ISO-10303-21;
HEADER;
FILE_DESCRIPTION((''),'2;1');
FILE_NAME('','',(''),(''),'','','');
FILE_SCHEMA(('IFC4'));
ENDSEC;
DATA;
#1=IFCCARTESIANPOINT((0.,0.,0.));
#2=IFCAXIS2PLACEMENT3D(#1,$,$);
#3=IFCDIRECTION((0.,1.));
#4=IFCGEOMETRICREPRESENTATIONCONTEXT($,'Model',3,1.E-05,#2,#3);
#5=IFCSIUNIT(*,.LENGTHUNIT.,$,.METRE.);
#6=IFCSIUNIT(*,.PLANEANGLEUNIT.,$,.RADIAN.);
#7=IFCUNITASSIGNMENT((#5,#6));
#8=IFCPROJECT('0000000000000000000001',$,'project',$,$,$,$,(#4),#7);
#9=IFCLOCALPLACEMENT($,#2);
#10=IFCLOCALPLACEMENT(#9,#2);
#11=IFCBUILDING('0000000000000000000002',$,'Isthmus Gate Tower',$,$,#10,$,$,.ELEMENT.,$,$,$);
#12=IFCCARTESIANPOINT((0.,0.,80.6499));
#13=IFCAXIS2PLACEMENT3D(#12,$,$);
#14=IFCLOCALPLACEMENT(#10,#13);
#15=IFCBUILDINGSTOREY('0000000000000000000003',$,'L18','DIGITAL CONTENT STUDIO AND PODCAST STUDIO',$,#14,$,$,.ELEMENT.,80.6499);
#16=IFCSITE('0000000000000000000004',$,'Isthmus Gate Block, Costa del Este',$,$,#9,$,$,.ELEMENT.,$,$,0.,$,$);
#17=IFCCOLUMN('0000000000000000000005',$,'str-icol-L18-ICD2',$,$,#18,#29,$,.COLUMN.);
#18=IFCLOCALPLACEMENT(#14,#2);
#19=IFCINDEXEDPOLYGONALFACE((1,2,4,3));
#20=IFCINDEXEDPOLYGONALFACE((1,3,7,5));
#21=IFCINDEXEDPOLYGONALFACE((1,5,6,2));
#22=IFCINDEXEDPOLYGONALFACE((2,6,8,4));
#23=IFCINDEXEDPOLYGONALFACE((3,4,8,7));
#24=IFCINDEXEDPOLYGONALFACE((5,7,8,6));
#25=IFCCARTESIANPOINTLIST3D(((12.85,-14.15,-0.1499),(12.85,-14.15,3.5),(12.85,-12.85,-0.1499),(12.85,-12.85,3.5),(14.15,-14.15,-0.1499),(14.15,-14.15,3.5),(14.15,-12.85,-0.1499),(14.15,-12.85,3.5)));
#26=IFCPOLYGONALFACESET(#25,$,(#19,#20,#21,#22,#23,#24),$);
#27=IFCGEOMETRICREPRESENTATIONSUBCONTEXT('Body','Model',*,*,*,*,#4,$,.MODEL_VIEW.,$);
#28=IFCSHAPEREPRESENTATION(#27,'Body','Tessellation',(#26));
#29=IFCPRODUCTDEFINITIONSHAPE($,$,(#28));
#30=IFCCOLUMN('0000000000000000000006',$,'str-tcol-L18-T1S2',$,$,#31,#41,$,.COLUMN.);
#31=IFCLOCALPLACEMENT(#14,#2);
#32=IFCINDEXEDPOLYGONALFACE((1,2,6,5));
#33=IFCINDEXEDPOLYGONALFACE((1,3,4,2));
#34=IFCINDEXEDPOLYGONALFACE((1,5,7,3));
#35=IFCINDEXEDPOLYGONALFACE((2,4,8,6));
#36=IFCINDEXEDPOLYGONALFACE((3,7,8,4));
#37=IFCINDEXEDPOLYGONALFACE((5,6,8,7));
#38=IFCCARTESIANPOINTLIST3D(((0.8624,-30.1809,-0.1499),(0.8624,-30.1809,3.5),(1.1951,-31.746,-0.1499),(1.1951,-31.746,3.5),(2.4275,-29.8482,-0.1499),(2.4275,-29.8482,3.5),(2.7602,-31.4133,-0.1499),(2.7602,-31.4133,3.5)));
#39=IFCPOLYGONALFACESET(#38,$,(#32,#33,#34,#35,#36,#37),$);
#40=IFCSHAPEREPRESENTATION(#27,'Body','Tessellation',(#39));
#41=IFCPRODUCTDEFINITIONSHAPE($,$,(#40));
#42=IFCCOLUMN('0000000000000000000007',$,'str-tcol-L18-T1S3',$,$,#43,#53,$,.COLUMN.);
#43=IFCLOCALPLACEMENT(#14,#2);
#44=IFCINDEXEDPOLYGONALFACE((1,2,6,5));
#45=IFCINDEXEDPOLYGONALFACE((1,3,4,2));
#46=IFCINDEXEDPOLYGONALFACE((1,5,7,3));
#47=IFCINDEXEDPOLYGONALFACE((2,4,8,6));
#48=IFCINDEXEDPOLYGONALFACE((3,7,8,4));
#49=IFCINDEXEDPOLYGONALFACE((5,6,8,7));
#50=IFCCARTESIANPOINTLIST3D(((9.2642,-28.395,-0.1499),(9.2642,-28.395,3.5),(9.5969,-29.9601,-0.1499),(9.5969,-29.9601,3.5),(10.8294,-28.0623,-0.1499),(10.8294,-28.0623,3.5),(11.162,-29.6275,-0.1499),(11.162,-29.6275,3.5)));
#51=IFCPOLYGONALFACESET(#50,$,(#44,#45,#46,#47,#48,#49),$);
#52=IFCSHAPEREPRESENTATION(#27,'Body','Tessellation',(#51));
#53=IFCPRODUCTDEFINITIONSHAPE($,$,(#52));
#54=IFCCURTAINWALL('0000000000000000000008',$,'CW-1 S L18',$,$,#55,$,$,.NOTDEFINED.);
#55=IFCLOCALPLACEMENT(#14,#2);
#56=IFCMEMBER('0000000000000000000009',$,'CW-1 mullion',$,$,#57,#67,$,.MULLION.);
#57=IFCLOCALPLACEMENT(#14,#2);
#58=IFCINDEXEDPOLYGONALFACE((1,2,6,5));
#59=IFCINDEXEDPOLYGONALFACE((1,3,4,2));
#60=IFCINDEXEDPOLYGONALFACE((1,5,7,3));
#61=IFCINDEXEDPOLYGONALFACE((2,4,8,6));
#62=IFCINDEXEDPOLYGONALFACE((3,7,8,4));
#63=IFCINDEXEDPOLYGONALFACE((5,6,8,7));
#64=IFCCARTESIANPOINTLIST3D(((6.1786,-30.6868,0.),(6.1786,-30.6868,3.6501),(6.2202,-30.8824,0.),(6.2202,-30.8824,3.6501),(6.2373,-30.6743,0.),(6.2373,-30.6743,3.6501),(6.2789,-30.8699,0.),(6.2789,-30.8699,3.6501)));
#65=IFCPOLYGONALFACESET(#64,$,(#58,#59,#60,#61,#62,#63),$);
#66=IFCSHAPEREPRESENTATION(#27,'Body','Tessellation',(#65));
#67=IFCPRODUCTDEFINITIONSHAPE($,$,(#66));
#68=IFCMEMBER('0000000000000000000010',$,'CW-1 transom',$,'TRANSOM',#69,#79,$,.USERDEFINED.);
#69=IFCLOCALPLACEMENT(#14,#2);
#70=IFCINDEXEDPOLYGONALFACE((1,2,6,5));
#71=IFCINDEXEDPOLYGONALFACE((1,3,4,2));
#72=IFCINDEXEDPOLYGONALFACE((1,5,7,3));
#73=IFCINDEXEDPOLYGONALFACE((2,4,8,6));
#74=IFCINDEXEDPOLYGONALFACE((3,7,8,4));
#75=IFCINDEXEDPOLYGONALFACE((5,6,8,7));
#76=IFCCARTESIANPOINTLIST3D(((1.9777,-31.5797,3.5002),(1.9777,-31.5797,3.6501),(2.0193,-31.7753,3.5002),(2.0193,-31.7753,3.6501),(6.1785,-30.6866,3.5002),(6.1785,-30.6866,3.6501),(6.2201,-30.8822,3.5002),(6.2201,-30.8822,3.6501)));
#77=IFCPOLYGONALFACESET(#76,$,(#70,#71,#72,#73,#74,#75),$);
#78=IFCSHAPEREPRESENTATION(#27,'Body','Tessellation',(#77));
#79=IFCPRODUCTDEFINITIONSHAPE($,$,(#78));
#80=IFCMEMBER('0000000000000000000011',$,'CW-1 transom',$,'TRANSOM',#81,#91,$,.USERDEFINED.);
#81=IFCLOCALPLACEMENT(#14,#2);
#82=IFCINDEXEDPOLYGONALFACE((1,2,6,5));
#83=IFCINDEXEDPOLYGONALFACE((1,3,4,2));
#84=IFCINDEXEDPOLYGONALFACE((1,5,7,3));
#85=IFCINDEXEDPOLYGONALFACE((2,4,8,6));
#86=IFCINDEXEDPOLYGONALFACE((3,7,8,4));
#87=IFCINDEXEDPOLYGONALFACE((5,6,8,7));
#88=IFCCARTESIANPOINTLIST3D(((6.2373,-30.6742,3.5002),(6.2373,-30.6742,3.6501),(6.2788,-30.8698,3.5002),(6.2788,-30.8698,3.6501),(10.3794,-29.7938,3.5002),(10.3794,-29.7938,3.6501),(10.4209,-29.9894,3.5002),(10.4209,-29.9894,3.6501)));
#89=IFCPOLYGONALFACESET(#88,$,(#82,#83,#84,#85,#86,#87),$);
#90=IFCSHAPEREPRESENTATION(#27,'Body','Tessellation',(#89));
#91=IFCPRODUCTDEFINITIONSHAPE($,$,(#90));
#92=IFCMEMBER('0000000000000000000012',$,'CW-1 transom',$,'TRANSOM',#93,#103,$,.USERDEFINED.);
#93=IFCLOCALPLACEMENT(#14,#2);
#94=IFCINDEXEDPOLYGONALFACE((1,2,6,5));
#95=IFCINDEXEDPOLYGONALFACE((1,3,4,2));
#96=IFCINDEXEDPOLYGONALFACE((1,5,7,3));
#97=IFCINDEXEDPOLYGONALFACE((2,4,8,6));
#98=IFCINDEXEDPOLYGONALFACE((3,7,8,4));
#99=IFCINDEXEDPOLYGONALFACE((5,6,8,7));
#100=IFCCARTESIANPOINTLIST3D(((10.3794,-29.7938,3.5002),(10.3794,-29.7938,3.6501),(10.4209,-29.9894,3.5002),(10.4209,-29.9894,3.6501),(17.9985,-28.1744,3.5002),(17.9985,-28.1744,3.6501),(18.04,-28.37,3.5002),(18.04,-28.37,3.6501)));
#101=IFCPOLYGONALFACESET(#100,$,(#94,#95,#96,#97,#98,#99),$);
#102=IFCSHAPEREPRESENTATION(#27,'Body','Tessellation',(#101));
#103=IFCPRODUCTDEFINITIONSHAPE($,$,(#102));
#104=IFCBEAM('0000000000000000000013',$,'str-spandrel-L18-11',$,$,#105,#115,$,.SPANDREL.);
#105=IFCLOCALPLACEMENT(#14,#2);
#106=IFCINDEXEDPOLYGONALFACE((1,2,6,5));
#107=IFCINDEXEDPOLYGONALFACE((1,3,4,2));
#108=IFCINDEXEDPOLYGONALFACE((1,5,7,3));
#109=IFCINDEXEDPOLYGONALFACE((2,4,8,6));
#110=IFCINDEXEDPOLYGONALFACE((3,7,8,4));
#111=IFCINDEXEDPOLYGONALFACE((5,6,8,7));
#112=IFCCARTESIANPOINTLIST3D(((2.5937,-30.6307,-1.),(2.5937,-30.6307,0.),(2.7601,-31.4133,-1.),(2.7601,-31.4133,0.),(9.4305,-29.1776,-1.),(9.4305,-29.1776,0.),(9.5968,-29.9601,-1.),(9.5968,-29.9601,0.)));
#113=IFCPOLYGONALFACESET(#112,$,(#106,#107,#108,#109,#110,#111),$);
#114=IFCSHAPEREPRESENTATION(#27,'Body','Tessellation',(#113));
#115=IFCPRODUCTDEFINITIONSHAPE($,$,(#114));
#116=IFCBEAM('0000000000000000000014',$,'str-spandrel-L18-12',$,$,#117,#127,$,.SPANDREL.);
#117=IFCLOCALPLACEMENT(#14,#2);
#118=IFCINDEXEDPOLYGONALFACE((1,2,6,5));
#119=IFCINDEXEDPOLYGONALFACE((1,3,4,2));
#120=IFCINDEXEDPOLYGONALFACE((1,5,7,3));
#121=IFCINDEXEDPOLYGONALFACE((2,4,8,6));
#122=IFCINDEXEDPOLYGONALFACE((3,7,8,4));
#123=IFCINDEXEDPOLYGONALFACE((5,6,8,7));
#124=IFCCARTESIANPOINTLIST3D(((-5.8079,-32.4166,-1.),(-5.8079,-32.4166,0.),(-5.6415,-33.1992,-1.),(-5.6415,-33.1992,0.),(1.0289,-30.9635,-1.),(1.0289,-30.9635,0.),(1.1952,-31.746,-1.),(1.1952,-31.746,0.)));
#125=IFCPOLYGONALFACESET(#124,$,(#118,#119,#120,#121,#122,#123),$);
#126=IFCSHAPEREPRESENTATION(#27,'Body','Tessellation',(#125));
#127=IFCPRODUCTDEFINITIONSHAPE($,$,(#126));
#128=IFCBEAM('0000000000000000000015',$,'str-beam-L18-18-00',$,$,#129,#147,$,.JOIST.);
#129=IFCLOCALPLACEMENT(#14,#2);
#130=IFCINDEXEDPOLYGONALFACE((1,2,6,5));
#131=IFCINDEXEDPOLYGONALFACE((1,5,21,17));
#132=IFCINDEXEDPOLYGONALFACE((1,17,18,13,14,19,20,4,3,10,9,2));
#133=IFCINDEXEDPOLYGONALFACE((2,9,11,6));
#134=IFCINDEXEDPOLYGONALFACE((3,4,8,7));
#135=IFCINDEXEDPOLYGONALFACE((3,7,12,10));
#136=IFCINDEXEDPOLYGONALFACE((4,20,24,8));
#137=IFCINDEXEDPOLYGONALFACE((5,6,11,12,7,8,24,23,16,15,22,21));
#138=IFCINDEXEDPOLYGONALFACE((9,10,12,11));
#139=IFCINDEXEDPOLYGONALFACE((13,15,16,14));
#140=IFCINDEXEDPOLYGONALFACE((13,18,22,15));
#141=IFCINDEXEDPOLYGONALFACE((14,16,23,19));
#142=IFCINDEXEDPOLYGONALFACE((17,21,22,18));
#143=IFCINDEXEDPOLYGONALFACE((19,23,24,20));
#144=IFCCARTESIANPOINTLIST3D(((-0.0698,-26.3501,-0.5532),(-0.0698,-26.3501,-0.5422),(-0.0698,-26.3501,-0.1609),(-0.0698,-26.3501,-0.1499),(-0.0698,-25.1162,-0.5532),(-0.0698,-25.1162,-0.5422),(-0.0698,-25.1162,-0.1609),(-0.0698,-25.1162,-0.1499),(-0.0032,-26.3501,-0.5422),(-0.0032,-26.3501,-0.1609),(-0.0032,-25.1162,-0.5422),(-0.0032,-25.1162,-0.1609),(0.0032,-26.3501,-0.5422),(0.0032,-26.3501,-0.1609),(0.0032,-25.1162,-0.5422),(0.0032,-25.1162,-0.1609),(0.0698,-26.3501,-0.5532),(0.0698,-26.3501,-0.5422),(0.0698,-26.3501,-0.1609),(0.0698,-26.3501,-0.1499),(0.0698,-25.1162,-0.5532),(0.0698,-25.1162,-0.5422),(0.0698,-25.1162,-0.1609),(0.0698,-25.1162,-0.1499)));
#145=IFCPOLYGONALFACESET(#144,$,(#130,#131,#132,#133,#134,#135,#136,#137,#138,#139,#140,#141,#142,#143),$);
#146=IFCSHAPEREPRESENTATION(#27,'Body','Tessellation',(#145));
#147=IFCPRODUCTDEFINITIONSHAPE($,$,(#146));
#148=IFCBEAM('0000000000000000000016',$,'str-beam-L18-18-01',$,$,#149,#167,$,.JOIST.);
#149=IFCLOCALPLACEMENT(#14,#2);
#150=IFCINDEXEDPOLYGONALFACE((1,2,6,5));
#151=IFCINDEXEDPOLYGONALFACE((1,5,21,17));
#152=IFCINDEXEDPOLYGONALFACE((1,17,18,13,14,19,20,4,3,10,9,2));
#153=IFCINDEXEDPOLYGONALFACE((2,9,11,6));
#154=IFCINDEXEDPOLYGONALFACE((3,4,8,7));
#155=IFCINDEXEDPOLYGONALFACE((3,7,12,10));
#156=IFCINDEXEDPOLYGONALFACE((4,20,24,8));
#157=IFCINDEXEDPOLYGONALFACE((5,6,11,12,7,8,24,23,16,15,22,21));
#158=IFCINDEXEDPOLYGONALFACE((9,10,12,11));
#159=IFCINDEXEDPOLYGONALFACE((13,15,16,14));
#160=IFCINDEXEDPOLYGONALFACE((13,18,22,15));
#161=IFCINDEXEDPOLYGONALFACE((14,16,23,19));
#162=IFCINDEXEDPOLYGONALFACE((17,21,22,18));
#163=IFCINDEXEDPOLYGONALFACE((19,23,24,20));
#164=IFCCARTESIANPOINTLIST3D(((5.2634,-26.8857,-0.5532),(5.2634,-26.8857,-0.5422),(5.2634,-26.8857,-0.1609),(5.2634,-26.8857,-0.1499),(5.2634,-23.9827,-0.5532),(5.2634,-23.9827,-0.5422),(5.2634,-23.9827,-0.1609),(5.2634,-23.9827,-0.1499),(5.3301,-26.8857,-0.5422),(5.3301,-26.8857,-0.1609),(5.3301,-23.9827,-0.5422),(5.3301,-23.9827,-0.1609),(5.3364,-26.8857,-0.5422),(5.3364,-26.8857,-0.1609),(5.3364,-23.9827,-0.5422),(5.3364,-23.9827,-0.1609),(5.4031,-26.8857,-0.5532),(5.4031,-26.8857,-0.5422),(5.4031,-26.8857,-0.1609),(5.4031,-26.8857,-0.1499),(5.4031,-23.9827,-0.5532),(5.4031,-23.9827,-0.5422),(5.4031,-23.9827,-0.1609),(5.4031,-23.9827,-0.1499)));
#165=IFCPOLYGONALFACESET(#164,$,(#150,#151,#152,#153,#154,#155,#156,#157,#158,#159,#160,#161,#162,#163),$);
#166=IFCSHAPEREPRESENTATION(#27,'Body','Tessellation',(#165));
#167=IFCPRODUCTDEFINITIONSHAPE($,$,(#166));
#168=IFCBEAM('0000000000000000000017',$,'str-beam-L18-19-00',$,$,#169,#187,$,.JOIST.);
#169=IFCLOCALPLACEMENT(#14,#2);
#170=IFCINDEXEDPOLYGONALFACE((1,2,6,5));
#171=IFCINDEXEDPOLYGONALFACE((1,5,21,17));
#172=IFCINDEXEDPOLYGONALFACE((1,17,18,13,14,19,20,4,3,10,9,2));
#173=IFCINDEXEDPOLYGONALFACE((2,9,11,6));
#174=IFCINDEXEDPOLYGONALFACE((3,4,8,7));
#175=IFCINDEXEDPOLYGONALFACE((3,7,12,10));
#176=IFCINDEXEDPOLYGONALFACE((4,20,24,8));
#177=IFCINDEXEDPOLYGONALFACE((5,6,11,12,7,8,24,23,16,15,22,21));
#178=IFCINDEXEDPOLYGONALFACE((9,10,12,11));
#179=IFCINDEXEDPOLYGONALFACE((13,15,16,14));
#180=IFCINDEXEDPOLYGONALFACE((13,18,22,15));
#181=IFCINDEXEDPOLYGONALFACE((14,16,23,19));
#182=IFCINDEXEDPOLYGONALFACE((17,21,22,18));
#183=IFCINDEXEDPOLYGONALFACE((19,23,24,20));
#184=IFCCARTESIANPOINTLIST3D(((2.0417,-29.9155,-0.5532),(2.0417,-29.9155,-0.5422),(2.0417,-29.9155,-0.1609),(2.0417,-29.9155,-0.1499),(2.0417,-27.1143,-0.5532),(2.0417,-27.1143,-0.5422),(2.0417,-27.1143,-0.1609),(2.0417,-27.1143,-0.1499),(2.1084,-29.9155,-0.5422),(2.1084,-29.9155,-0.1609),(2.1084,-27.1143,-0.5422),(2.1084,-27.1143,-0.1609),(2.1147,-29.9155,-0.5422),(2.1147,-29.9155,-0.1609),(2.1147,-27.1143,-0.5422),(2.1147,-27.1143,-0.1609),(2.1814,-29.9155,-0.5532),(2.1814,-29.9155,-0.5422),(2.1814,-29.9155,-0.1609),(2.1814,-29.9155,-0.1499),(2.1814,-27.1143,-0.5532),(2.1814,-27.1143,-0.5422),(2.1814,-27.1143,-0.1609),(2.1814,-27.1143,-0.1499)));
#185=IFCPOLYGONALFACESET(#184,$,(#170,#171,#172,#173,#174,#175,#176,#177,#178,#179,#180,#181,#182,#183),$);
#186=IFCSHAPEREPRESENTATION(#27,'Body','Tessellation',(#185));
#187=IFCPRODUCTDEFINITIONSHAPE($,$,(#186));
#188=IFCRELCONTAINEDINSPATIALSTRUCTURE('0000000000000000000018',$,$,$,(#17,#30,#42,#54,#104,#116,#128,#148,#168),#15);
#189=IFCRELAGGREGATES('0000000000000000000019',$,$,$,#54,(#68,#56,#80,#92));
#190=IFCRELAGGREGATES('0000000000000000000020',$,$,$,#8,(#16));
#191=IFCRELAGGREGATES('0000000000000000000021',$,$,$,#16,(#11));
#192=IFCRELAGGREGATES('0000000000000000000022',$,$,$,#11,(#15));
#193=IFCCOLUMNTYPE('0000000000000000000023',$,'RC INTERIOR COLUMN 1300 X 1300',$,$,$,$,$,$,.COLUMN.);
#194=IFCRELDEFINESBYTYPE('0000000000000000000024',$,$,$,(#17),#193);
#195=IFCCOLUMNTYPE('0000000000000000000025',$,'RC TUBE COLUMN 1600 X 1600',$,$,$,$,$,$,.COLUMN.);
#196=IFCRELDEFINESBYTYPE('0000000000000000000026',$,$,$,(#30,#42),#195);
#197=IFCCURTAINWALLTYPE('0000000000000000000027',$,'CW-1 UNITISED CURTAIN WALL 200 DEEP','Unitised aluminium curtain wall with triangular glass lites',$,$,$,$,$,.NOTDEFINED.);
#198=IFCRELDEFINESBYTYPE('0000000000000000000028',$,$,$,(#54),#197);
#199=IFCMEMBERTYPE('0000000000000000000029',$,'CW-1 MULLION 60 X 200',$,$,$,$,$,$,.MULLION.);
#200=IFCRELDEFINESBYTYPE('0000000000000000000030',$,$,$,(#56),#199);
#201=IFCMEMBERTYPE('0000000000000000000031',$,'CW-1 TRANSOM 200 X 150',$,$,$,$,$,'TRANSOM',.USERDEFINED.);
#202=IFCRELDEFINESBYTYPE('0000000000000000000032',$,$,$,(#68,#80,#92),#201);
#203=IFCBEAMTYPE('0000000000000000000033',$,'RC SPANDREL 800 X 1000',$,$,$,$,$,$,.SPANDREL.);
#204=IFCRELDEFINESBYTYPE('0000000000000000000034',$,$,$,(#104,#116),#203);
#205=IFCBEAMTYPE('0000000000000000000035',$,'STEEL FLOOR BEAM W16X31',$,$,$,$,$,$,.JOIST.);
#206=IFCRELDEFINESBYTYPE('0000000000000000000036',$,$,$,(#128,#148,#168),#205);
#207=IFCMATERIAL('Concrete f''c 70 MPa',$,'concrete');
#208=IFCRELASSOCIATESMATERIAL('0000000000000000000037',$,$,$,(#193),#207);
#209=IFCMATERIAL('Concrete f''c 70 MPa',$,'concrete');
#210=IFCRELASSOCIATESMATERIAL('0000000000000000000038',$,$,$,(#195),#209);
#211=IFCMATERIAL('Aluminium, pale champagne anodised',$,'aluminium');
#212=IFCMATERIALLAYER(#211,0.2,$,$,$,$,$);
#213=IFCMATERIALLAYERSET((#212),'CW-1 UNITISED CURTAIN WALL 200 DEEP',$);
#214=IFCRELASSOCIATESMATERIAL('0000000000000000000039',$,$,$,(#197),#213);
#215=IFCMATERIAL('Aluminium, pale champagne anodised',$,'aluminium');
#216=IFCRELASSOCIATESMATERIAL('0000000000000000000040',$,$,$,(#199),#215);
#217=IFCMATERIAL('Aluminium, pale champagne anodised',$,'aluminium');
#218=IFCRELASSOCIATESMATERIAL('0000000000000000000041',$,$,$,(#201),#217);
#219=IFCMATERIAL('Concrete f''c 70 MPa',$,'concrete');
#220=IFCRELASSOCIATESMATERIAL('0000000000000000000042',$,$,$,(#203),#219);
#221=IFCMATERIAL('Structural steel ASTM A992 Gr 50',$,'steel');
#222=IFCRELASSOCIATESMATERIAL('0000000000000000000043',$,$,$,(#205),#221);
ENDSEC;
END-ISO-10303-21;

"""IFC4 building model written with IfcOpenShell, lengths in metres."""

from ifc_helpers import new_model, si_unit, direction, frame, origin, origin_2d, place, context, subcontext, project, spatial, rectangle, i_section, extrude, material, layer, layer_set, material_profile, profile_set, type_object, element, aggregate, save


model = new_model("IFC4")

# Units and contexts
model_context = context("Model", 3, precision=1e-05, world=origin(), true_north=direction((0.0, 1.0)))
body_context = subcontext(model_context, "Body", "Model", "MODEL_VIEW")
ifc_project = project(units=[si_unit("LENGTHUNIT", "METRE"), si_unit("PLANEANGLEUNIT", "RADIAN")], contexts=[model_context])

# Site, building, storey
site_placement = place(None, origin())
site = spatial("IfcSite", under=ifc_project, at=site_placement, Name="Isthmus Gate Block, Costa del Este", CompositionType="ELEMENT", RefElevation=0.0)
building_placement = place(site_placement, origin())
building = spatial("IfcBuilding", under=site, at=building_placement, Name="Isthmus Gate Tower", CompositionType="ELEMENT")
storey_placement = place(building_placement, frame((0.0, 0.0, 80.6499)))
storey = spatial("IfcBuildingStorey", under=building, at=storey_placement, Name="L18", Description="DIGITAL CONTENT STUDIO AND PODCAST STUDIO", CompositionType="ELEMENT", Elevation=80.6499)

# Columns
ifc_material_1 = material(Name="Concrete f'c 70 MPa", Category="concrete")
ifc_material_profile_1 = material_profile(ifc_material_1, rectangle(XDim=1.3, YDim=1.3, at=origin_2d()), Name="RC 1300X1300")
ifc_profile_set_1 = profile_set([ifc_material_profile_1], Name="Concrete f'c 70 MPa")
column_type_1 = type_object("IfcColumnType", Name="RC INTERIOR COLUMN 1300 X 1300", PredefinedType="COLUMN", material=ifc_profile_set_1)
column_placement = place(storey_placement, frame((13.5, -13.5, -0.1499), z_axis=(0.0, 0.0, 1.0), x_axis=(1.0, 0.0, 0.0)))
element("IfcColumn", 1, at=column_placement, inside=storey, type_object=column_type_1, Name="str-icol-L18-ICD2", PredefinedType="COLUMN", context=body_context, shape_type="SweptSolid", body=[
    extrude(rectangle(XDim=1.3, YDim=1.3, at=origin_2d()), origin(), (0.0, 0.0, 1.0), 3.6499),
])
ifc_material_2 = material(Name="Concrete f'c 70 MPa", Category="concrete")
ifc_material_profile_2 = material_profile(ifc_material_2, rectangle(XDim=1.6001, YDim=1.6001, at=origin_2d()), Name="RC 1600X1600")
ifc_profile_set_2 = profile_set([ifc_material_profile_2], Name="Concrete f'c 70 MPa")
column_type_2 = type_object("IfcColumnType", Name="RC TUBE COLUMN 1600 X 1600", PredefinedType="COLUMN", material=ifc_profile_set_2)
for number, where, z_axis, x_axis, name in (
    (2, (1.8113, -30.7971, -0.1499), (0.0, 0.0, 1.0), (0.978148, 0.207912, 0.0), "str-tcol-L18-T1S2"),
    (3, (10.2131, -29.0112, -0.1499), (0.0, 0.0, 1.0), (0.978148, 0.207912, 0.0), "str-tcol-L18-T1S3"),
):
    element("IfcColumn", number, at=place(storey_placement, frame(where, z_axis=z_axis, x_axis=x_axis)), inside=storey, type_object=column_type_2, Name=name, PredefinedType="COLUMN", context=body_context, shape_type="SweptSolid", body=[
        extrude(rectangle(XDim=1.6001, YDim=1.6001, at=origin_2d()), origin(), (0.0, 0.0, 1.0), 3.6499),
    ])

# Curtain wall, members
ifc_material_3 = material(Name="Aluminium, pale champagne anodised", Category="aluminium")
ifc_layer_1 = layer(ifc_material_3, 0.2)
ifc_layer_set_1 = layer_set([ifc_layer_1], Name="CW-1 UNITISED CURTAIN WALL 200 DEEP")
curtain_wall_type = type_object("IfcCurtainWallType", Name="CW-1 UNITISED CURTAIN WALL 200 DEEP", Description="Unitised aluminium curtain wall with triangular glass lites", PredefinedType="NOTDEFINED", material=ifc_layer_set_1)
curtain_wall_placement = place(storey_placement, origin())
curtain_wall = element("IfcCurtainWall", 4, at=curtain_wall_placement, inside=storey, type_object=curtain_wall_type, Name="CW-1 S L18", PredefinedType="NOTDEFINED")
ifc_material_4 = material(Name="Aluminium, pale champagne anodised", Category="aluminium")
ifc_material_profile_3 = material_profile(ifc_material_4, rectangle(XDim=0.0601, YDim=0.2, at=origin_2d()), Name="60x200")
ifc_profile_set_3 = profile_set([ifc_material_profile_3], Name="Aluminium, pale champagne anodised")
member_type_1 = type_object("IfcMemberType", Name="CW-1 MULLION 60 X 200", PredefinedType="MULLION", material=ifc_profile_set_3)
member_1_placement = place(storey_placement, frame((6.2288, -30.7783, 0.0), z_axis=(0.0, 0.0, 1.0), x_axis=(0.978148, 0.207912, 0.0)))
member_1 = element("IfcMember", 5, at=member_1_placement, type_object=member_type_1, Name="CW-1 mullion", PredefinedType="MULLION", context=body_context, shape_type="SweptSolid", body=[
    extrude(rectangle(XDim=0.0601, YDim=0.2, at=origin_2d()), origin(), (0.0, 0.0, 1.0), 3.6501),
])
ifc_material_5 = material(Name="Aluminium, pale champagne anodised", Category="aluminium")
ifc_material_profile_4 = material_profile(ifc_material_5, rectangle(XDim=0.2, YDim=0.1499, at=origin_2d()), Name="200x150")
ifc_profile_set_4 = profile_set([ifc_material_profile_4], Name="Aluminium, pale champagne anodised")
member_type_2 = type_object("IfcMemberType", Name="CW-1 TRANSOM 200 X 150", ElementType="TRANSOM", PredefinedType="USERDEFINED", material=ifc_profile_set_4)
member_2_placement = place(storey_placement, frame((1.9985, -31.6775, 3.5752), z_axis=(0.978139, 0.207953, 0.0), x_axis=(-0.207953, 0.978139, 0.0)))
member_2 = element("IfcMember", 6, at=member_2_placement, type_object=member_type_2, Name="CW-1 transom", ObjectType="TRANSOM", PredefinedType="USERDEFINED", context=body_context, shape_type="SweptSolid", body=[
    extrude(rectangle(XDim=0.2, YDim=0.1499, at=origin_2d()), origin(), (0.0, 0.0, 1.0), 4.2947),
])
member_3_placement = place(storey_placement, frame((6.2581, -30.772, 3.5752), z_axis=(0.97815, 0.207899, 0.0), x_axis=(-0.207899, 0.97815, 0.0)))
member_3 = element("IfcMember", 7, at=member_3_placement, type_object=member_type_2, Name="CW-1 transom", ObjectType="TRANSOM", PredefinedType="USERDEFINED", context=body_context, shape_type="SweptSolid", body=[
    extrude(rectangle(XDim=0.2, YDim=0.1499, at=origin_2d()), origin(), (0.0, 0.0, 1.0), 4.2346),
])
member_4_placement = place(storey_placement, frame((10.4001, -29.8916, 3.5752), z_axis=(0.978151, 0.207898, 0.0), x_axis=(-0.207898, 0.978151, 0.0)))
member_4 = element("IfcMember", 8, at=member_4_placement, type_object=member_type_2, Name="CW-1 transom", ObjectType="TRANSOM", PredefinedType="USERDEFINED", context=body_context, shape_type="SweptSolid", body=[
    extrude(rectangle(XDim=0.2, YDim=0.1499, at=origin_2d()), origin(), (0.0, 0.0, 1.0), 7.7893),
])

# Beams
ifc_material_6 = material(Name="Concrete f'c 70 MPa", Category="concrete")
ifc_material_profile_5 = material_profile(ifc_material_6, rectangle(XDim=0.8, YDim=1.0, at=origin_2d()), Name="RC 800X1000")
ifc_profile_set_5 = profile_set([ifc_material_profile_5], Name="Concrete f'c 70 MPa")
beam_type_1 = type_object("IfcBeamType", Name="RC SPANDREL 800 X 1000", PredefinedType="SPANDREL", material=ifc_profile_set_5)
for number, where, z_axis, x_axis, name in (
    (9, (9.5137, -29.5688, -0.5), (-0.978149, -0.207904, 0.0), (0.207904, -0.978149, 0.0), "str-spandrel-L18-11"),
    (10, (1.1121, -31.3547, -0.5), (-0.978149, -0.207904, 0.0), (0.207904, -0.978149, 0.0), "str-spandrel-L18-12"),
):
    element("IfcBeam", number, at=place(storey_placement, frame(where, z_axis=z_axis, x_axis=x_axis)), inside=storey, type_object=beam_type_1, Name=name, PredefinedType="SPANDREL", context=body_context, shape_type="SweptSolid", body=[
        extrude(rectangle(XDim=0.8, YDim=1.0, at=origin_2d()), origin(), (0.0, 0.0, 1.0), 6.9895),
    ])
ifc_material_7 = material(Name="Structural steel ASTM A992 Gr 50", Category="steel")
ifc_material_profile_6 = material_profile(ifc_material_7, i_section(OverallWidth=0.1396, OverallDepth=0.4033, WebThickness=0.0063, FlangeThickness=0.011, at=origin_2d()), Name="W16X31")
ifc_profile_set_6 = profile_set([ifc_material_profile_6], Name="Structural steel ASTM A992 Gr 50")
beam_type_2 = type_object("IfcBeamType", Name="STEEL FLOOR BEAM W16X31", PredefinedType="JOIST", material=ifc_profile_set_6)
beam_1_placement = place(storey_placement, frame((0.0, -26.3501, -0.3516), z_axis=(0.0, 1.0, 0.0), x_axis=(-1.0, 0.0, 0.0)))
element("IfcBeam", 11, at=beam_1_placement, inside=storey, type_object=beam_type_2, Name="str-beam-L18-18-00", PredefinedType="JOIST", context=body_context, shape_type="SweptSolid", body=[
    extrude(i_section(OverallWidth=0.1396, OverallDepth=0.4033, WebThickness=0.0063, FlangeThickness=0.011, at=origin_2d()), origin(), (0.0, 0.0, 1.0), 1.2339),
])
beam_2_placement = place(storey_placement, frame((5.3333, -26.8857, -0.3516), z_axis=(0.0, 1.0, 0.0), x_axis=(-1.0, 0.0, 0.0)))
element("IfcBeam", 12, at=beam_2_placement, inside=storey, type_object=beam_type_2, Name="str-beam-L18-18-01", PredefinedType="JOIST", context=body_context, shape_type="SweptSolid", body=[
    extrude(i_section(OverallWidth=0.1396, OverallDepth=0.4033, WebThickness=0.0063, FlangeThickness=0.011, at=origin_2d()), origin(), (0.0, 0.0, 1.0), 2.9031),
])
beam_3_placement = place(storey_placement, frame((2.1116, -29.9155, -0.3516), z_axis=(0.0, 1.0, 0.0), x_axis=(-1.0, 0.0, 0.0)))
element("IfcBeam", 13, at=beam_3_placement, inside=storey, type_object=beam_type_2, Name="str-beam-L18-19-00", PredefinedType="JOIST", context=body_context, shape_type="SweptSolid", body=[
    extrude(i_section(OverallWidth=0.1396, OverallDepth=0.4033, WebThickness=0.0063, FlangeThickness=0.011, at=origin_2d()), origin(), (0.0, 0.0, 1.0), 2.8013),
])

aggregate(curtain_wall, [member_2, member_1, member_3, member_4])

save(model, "model.ifc")
